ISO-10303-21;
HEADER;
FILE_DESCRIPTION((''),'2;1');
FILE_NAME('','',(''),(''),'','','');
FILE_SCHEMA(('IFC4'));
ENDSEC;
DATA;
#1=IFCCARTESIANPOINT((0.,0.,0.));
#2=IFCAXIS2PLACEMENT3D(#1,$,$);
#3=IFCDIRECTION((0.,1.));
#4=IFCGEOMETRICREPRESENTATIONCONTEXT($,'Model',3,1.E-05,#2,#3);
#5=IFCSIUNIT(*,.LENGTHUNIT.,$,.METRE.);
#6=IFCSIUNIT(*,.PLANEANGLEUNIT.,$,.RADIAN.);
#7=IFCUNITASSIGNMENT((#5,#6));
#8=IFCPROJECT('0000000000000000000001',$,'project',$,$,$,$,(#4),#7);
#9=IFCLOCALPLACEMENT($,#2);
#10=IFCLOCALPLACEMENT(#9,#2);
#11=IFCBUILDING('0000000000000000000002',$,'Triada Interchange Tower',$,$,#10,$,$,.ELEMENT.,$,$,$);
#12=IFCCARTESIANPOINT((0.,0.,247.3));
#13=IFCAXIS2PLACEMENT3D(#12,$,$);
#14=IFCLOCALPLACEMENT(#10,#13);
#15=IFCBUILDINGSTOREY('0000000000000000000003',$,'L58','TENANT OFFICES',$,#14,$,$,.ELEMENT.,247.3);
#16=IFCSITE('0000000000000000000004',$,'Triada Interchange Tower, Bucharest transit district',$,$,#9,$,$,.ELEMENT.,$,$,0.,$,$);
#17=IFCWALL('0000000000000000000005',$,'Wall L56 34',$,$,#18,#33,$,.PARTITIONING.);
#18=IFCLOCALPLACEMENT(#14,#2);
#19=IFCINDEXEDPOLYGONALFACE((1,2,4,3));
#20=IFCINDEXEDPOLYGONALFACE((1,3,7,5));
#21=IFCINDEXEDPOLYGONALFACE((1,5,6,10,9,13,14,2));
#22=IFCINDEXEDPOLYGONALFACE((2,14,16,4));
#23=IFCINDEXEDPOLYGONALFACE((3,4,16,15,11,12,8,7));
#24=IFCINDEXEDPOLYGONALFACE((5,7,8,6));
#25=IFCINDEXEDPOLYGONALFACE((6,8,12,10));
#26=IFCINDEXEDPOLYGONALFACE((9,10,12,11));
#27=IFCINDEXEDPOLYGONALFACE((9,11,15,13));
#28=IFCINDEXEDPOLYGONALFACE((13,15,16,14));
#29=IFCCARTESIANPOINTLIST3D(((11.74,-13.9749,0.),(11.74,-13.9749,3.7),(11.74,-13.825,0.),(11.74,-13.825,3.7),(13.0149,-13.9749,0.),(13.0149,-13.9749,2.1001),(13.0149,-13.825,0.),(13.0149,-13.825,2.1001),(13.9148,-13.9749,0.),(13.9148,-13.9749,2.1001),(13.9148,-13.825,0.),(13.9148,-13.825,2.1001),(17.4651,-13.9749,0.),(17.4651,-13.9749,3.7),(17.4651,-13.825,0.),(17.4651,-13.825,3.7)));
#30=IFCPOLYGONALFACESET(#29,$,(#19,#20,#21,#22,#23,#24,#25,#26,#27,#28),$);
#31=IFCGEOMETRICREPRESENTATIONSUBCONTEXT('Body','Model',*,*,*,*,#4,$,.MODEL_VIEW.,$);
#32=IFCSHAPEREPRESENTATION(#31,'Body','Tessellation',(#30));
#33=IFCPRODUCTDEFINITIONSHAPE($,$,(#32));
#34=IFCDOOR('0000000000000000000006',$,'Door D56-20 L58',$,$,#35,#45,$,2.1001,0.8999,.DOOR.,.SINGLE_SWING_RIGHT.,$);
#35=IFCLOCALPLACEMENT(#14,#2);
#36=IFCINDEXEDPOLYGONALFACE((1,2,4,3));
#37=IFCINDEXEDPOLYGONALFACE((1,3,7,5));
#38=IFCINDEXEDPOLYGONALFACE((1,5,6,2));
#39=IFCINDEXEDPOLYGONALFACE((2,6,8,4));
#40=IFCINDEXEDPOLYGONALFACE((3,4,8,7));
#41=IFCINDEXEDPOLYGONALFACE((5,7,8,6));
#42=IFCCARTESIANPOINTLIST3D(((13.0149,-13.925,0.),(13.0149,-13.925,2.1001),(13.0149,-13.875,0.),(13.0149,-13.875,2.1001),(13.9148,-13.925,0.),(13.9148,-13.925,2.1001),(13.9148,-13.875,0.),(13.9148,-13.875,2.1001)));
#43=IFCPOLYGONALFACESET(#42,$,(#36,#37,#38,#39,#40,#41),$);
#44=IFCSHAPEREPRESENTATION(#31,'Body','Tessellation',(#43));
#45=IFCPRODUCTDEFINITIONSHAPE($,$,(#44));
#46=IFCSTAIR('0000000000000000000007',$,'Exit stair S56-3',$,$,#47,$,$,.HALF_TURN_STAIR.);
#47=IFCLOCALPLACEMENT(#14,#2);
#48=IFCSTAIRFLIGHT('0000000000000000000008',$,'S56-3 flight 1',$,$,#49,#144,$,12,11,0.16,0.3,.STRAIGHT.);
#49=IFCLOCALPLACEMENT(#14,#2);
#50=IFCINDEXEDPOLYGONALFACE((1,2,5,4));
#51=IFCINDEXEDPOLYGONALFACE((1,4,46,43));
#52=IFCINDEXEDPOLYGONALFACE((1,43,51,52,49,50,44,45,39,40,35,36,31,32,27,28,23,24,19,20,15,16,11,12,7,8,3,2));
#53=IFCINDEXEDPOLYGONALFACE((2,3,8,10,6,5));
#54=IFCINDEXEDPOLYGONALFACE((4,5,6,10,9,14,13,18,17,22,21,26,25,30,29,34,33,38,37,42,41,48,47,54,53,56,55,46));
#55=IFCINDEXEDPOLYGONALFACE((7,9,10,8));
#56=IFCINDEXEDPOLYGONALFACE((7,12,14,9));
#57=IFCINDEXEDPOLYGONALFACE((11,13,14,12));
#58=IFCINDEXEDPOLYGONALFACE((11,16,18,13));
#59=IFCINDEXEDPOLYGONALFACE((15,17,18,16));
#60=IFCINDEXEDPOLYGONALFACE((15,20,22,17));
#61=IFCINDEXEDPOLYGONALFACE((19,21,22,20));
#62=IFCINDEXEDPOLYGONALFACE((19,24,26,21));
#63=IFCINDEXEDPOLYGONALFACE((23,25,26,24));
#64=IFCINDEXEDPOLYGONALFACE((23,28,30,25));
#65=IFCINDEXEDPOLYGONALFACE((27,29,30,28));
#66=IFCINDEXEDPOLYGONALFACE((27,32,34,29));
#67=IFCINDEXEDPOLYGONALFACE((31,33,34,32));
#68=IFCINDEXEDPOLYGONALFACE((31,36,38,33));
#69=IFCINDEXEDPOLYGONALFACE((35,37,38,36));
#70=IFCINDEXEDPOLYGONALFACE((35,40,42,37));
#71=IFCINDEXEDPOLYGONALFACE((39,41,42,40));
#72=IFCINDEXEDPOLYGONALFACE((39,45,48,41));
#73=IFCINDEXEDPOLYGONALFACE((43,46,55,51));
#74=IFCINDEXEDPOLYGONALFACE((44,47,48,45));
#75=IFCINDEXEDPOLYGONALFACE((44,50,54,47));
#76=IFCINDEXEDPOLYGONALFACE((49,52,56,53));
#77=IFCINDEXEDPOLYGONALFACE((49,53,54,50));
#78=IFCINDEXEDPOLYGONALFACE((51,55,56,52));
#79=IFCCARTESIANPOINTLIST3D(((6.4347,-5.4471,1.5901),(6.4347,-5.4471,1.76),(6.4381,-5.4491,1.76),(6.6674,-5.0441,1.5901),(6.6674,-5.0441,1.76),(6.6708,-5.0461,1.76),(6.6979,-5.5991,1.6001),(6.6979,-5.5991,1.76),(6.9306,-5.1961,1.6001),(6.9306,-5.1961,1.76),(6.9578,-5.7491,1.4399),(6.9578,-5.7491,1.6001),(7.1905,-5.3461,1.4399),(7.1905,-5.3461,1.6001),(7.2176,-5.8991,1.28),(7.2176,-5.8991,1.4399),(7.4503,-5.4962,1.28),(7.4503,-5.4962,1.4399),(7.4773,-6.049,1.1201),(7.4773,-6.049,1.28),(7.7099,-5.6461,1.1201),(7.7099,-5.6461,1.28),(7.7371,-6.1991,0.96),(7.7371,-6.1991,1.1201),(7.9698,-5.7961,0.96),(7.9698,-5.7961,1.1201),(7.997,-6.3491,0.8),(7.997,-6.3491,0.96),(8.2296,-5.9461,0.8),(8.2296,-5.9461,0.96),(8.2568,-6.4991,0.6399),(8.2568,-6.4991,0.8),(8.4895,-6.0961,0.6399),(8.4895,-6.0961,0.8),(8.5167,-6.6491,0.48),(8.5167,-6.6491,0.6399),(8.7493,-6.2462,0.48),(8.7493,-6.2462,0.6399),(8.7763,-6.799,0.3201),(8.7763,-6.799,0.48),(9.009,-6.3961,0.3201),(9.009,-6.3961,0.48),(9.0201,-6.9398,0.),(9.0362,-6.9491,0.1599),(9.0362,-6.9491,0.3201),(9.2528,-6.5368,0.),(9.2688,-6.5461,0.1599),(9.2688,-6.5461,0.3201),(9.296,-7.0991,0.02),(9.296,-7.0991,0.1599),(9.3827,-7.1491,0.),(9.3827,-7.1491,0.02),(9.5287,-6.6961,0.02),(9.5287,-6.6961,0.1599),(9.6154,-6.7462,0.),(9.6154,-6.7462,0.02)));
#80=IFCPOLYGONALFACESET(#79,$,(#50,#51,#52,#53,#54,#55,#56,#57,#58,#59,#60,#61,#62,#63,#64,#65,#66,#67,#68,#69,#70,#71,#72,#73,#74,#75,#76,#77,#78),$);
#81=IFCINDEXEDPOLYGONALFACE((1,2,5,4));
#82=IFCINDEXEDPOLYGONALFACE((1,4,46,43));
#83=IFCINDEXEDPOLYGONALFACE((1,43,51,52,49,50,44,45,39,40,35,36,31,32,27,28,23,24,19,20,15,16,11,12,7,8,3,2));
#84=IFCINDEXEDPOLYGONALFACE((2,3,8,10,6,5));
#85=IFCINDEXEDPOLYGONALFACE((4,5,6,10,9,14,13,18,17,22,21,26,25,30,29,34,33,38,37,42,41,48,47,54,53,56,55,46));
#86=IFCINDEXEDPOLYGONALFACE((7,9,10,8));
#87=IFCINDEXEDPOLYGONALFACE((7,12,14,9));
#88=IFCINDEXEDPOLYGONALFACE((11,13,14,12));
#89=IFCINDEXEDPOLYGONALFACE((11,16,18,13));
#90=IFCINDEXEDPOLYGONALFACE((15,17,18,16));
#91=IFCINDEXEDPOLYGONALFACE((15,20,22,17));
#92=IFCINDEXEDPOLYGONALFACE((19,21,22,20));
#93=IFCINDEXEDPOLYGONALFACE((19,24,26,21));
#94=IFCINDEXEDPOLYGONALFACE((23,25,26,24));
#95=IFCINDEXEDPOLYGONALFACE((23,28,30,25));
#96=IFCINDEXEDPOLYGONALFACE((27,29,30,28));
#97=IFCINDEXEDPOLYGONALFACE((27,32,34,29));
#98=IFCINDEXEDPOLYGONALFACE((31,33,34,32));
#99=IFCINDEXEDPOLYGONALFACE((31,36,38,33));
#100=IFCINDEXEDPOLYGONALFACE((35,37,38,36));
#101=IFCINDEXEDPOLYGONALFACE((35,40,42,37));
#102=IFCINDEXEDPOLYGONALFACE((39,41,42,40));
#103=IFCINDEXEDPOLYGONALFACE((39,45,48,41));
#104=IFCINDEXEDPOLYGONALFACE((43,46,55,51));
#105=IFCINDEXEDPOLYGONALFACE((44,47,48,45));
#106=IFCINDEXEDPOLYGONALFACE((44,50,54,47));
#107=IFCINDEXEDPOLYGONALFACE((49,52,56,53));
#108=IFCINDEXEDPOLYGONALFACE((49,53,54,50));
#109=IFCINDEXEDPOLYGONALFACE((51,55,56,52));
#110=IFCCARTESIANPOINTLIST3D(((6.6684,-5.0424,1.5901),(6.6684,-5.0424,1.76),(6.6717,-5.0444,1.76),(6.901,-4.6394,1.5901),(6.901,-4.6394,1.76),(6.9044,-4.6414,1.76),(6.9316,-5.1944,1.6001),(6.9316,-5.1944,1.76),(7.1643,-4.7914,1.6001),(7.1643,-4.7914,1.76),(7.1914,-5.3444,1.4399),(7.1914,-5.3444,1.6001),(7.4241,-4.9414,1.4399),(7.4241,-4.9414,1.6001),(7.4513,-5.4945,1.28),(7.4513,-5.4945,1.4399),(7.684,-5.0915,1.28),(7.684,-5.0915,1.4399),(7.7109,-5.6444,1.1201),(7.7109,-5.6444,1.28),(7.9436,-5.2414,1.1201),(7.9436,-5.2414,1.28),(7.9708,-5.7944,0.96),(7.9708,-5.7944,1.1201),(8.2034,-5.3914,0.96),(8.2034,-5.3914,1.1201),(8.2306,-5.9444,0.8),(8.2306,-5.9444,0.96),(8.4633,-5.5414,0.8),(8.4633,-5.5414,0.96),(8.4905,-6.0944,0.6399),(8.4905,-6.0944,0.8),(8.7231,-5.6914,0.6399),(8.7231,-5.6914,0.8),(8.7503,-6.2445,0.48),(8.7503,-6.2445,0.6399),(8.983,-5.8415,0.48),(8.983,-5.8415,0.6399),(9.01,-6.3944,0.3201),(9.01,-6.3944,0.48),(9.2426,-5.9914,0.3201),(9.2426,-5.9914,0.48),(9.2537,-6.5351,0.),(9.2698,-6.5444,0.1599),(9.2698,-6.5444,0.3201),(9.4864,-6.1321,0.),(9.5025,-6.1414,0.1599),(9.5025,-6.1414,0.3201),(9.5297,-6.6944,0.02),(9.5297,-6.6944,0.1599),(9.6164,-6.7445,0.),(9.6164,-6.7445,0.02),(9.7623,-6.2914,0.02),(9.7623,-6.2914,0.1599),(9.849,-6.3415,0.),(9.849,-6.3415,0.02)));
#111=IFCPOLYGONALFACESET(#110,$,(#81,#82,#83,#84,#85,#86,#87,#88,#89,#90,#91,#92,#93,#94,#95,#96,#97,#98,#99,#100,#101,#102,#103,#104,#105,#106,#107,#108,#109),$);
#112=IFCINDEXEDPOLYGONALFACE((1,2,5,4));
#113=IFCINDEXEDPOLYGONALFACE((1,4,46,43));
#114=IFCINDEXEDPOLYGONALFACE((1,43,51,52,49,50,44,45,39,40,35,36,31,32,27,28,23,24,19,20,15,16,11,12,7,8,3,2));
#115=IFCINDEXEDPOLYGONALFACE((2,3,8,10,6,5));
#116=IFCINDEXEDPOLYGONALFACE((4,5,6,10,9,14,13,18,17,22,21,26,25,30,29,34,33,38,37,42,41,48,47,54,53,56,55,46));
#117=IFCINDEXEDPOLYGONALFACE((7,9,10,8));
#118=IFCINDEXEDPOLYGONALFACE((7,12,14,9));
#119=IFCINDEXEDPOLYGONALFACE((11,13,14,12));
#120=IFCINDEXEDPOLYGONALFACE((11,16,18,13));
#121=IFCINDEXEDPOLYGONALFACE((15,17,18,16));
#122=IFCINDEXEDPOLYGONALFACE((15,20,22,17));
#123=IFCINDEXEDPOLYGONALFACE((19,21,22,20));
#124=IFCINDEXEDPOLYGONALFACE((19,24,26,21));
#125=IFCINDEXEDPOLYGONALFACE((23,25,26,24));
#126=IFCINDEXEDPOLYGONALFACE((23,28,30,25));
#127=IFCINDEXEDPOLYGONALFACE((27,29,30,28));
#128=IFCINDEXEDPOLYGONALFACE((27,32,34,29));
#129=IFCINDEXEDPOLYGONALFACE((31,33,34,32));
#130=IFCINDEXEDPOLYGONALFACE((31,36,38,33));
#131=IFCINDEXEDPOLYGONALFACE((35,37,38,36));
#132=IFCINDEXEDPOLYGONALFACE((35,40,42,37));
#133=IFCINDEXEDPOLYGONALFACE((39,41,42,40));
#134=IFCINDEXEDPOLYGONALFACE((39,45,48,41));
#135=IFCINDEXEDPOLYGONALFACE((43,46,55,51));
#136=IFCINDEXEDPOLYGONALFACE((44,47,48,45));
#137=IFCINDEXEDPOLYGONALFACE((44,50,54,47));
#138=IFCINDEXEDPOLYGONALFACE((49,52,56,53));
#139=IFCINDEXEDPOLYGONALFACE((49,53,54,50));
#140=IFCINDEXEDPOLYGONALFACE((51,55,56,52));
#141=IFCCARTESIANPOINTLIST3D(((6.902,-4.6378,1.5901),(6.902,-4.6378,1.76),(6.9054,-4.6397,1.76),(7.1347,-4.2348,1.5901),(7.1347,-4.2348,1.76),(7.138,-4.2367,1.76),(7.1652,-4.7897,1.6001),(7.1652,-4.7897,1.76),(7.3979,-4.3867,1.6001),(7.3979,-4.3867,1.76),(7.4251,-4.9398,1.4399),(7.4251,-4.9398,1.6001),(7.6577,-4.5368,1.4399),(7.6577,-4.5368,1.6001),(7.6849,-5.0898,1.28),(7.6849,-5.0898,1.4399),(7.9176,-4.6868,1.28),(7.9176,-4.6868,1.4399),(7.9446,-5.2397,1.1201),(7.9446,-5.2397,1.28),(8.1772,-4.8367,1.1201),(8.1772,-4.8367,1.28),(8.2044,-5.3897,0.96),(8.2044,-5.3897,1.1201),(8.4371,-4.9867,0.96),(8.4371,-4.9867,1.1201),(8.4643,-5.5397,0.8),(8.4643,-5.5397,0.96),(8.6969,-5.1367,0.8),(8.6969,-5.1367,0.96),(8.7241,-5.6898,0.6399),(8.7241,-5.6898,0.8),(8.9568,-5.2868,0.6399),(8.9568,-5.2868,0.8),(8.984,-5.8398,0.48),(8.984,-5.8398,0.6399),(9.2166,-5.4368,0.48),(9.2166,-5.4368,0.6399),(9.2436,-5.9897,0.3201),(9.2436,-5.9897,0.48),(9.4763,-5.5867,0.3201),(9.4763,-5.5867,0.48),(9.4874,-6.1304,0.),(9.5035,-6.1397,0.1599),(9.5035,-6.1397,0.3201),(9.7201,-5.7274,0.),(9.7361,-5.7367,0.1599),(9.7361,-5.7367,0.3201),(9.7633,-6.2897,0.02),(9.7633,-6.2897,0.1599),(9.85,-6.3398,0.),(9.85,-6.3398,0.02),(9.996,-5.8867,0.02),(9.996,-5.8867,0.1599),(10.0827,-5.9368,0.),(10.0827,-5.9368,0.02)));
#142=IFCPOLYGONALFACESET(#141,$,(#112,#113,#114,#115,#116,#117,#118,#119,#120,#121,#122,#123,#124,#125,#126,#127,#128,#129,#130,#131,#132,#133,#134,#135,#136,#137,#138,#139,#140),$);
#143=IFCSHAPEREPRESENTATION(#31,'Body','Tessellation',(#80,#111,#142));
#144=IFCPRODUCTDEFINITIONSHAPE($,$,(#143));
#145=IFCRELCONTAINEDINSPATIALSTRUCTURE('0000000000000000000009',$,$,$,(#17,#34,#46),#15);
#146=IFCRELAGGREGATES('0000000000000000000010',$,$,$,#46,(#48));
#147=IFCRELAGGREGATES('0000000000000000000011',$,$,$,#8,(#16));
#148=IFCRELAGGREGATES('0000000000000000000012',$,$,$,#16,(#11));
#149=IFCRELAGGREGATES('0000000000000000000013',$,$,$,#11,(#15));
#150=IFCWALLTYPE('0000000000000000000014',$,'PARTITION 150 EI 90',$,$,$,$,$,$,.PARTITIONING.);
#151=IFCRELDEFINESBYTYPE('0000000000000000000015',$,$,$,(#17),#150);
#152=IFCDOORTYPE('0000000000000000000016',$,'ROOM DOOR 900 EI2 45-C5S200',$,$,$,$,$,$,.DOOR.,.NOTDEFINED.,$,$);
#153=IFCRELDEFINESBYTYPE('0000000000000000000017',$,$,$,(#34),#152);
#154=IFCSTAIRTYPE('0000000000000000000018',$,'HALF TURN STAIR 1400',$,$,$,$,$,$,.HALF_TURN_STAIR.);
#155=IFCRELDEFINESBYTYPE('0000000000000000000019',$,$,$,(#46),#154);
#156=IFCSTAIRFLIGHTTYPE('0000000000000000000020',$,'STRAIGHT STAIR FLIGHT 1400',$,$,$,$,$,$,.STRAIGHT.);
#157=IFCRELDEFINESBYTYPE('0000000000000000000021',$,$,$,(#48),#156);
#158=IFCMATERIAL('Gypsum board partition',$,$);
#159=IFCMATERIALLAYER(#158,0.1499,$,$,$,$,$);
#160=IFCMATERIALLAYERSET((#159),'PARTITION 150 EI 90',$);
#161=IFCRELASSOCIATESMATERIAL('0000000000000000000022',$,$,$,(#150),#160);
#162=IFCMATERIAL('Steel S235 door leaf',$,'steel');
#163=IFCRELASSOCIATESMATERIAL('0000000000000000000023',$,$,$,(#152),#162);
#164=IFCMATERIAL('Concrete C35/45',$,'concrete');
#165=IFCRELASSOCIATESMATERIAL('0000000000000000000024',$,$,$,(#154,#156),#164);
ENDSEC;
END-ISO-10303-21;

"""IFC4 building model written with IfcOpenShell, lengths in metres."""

from ifc_helpers import new_model, si_unit, direction, frame, frame_2d, origin, place, context, subcontext, project, spatial, polyline, rectangle, outline, extrude, material, layer, layer_set, type_object, element, fill, aggregate, save


model = new_model("IFC4")

# Units and contexts
model_context = context("Model", 3, precision=1e-05, world=origin(), true_north=direction((0.0, 1.0)))
body_context = subcontext(model_context, "Body", "Model", "MODEL_VIEW")
ifc_project = project(units=[si_unit("LENGTHUNIT", "METRE"), si_unit("PLANEANGLEUNIT", "RADIAN")], contexts=[model_context])

# Site, building, storey
site_placement = place(None, origin())
site = spatial("IfcSite", under=ifc_project, at=site_placement, Name="Triada Interchange Tower, Bucharest transit district", CompositionType="ELEMENT", RefElevation=0.0)
building_placement = place(site_placement, origin())
building = spatial("IfcBuilding", under=site, at=building_placement, Name="Triada Interchange Tower", CompositionType="ELEMENT")
storey_placement = place(building_placement, frame((0.0, 0.0, 247.3)))
storey = spatial("IfcBuildingStorey", under=building, at=storey_placement, Name="L58", Description="TENANT OFFICES", CompositionType="ELEMENT", Elevation=247.3)

# Shared definitions
ifc_material_1 = material(Name="Steel S235 door leaf", Category="steel")

# Shared definitions
ifc_material_2 = material(Name="Gypsum board partition")

# Wall, opening, door
ifc_layer_1 = layer(ifc_material_2, 0.1499)
ifc_layer_set_1 = layer_set([ifc_layer_1], Name="PARTITION 150 EI 90")
wall_type_1 = type_object("IfcWallType", Name="PARTITION 150 EI 90", PredefinedType="PARTITIONING", material=ifc_layer_set_1)
wall_1_placement = place(storey_placement, frame((11.74, -13.8999, 0.0), z_axis=(0.0, 0.0, 1.0), x_axis=(1.0, 0.0, 0.0)))
wall_1 = element("IfcWall", 1, at=wall_1_placement, inside=storey, type_object=wall_type_1, Name="Wall L56 34", PredefinedType="PARTITIONING", context=body_context, shape_type="SweptSolid", body=[
    extrude(rectangle(XDim=5.7251, YDim=0.1499, at=frame_2d((2.8625, 0.0))), origin(), (0.0, 0.0, 1.0), 3.7),
])
opening_1_placement = place(wall_1_placement, frame((1.2749, 0.0, 0.0)))
opening_1 = element("IfcOpeningElement", 2, at=opening_1_placement, cuts=wall_1, PredefinedType="OPENING", context=body_context, shape_type="SweptSolid", body=[
    extrude(rectangle(XDim=0.8999, YDim=2.1001, at=frame_2d((0.45, 1.05))), frame((0.0, 0.085, 0.0), z_axis=(0.0, -1.0, 0.0), x_axis=(1.0, 0.0, 0.0)), (0.0, 0.0, 1.0), 0.1699),
])
door_type_1 = type_object("IfcDoorType", Name="ROOM DOOR 900 EI2 45-C5S200", OperationType="NOTDEFINED", PredefinedType="DOOR", material=ifc_material_1)
door_1_placement = place(opening_1_placement, origin())
door_1 = element("IfcDoor", 3, at=door_1_placement, inside=storey, type_object=door_type_1, Name="Door D56-20 L58", OperationType="SINGLE_SWING_RIGHT", OverallHeight=2.1001, OverallWidth=0.8999, PredefinedType="DOOR", context=body_context, shape_type="SweptSolid", body=[
    extrude(rectangle(XDim=0.8999, YDim=2.1001, at=frame_2d((0.45, 1.05))), frame((0.0, 0.0249, 0.0), z_axis=(0.0, -1.0, 0.0), x_axis=(1.0, 0.0, 0.0)), (0.0, 0.0, 1.0), 0.05),
])
fill(opening_1, door_1)

# Stair, stair flight
ifc_material_3 = material(Name="Concrete C35/45", Category="concrete")
stair_type = type_object("IfcStairType", Name="HALF TURN STAIR 1400", PredefinedType="HALF_TURN_STAIR", material=ifc_material_3)
stair_placement = place(storey_placement, origin())
stair = element("IfcStair", 4, at=stair_placement, inside=storey, type_object=stair_type, Name="Exit stair S56-3", PredefinedType="HALF_TURN_STAIR")
stair_flight_type = type_object("IfcStairFlightType", Name="STRAIGHT STAIR FLIGHT 1400", PredefinedType="STRAIGHT", material=ifc_material_3)
stair_flight_1_placement = place(storey_placement, frame((9.646, -6.4929, 0.0), z_axis=(0.0, 0.0, 1.0), x_axis=(-0.866025, 0.5, 0.0)))
stair_flight_1 = element("IfcStairFlight", 5, at=stair_flight_1_placement, type_object=stair_flight_type, Name="S56-3 flight 1", NumberOfRisers=12, NumberOfTreads=11, PredefinedType="STRAIGHT", RiserHeight=0.16, TreadLength=0.3, context=body_context, shape_type="SweptSolid", body=[
    extrude(outline(polyline([(-0.1001, 0.0), (-0.1001, 0.02), (0.0, 0.02), (0.0, 0.1599), (0.3, 0.1599), (0.3, 0.3201), (0.6001, 0.3201), (0.6001, 0.48), (0.8999, 0.48), (0.8999, 0.6399), (1.2, 0.6399), (1.2, 0.8), (1.5, 0.8), (1.5, 0.96), (1.8, 0.96), (1.8, 1.1201), (2.1001, 1.1201), (2.1001, 1.28), (2.3999, 1.28), (2.3999, 1.4399), (2.7, 1.4399), (2.7, 1.6001), (3.0, 1.6001), (3.0, 1.76), (3.3, 1.76), (3.304, 1.76), (3.304, 1.9199), (3.304, 1.5901), (0.3186, 0.0), (-0.1001, 0.0)])), frame((0.0, 0.7, 0.0), z_axis=(0.0, -1.0, 0.0), x_axis=(1.0, 0.0, 0.0)), (0.0, 0.0, 1.0), 0.4653),
    extrude(outline(polyline([(-0.1001, 0.0), (-0.1001, 0.02), (0.0, 0.02), (0.0, 0.1599), (0.3, 0.1599), (0.3, 0.3201), (0.6001, 0.3201), (0.6001, 0.48), (0.8999, 0.48), (0.8999, 0.6399), (1.2, 0.6399), (1.2, 0.8), (1.5, 0.8), (1.5, 0.96), (1.8, 0.96), (1.8, 1.1201), (2.1001, 1.1201), (2.1001, 1.28), (2.3999, 1.28), (2.3999, 1.4399), (2.7, 1.4399), (2.7, 1.6001), (3.0, 1.6001), (3.0, 1.76), (3.3, 1.76), (3.304, 1.76), (3.304, 1.9199), (3.304, 1.5901), (0.3186, 0.0), (-0.1001, 0.0)])), frame((0.0, 0.2327, 0.0), z_axis=(0.0, -1.0, 0.0), x_axis=(1.0, 0.0, 0.0)), (0.0, 0.0, 1.0), 0.4653),
    extrude(outline(polyline([(-0.1001, 0.0), (-0.1001, 0.02), (0.0, 0.02), (0.0, 0.1599), (0.3, 0.1599), (0.3, 0.3201), (0.6001, 0.3201), (0.6001, 0.48), (0.8999, 0.48), (0.8999, 0.6399), (1.2, 0.6399), (1.2, 0.8), (1.5, 0.8), (1.5, 0.96), (1.8, 0.96), (1.8, 1.1201), (2.1001, 1.1201), (2.1001, 1.28), (2.3999, 1.28), (2.3999, 1.4399), (2.7, 1.4399), (2.7, 1.6001), (3.0, 1.6001), (3.0, 1.76), (3.3, 1.76), (3.304, 1.76), (3.304, 1.9199), (3.304, 1.5901), (0.3186, 0.0), (-0.1001, 0.0)])), frame((0.0, -0.2346, 0.0), z_axis=(0.0, -1.0, 0.0), x_axis=(1.0, 0.0, 0.0)), (0.0, 0.0, 1.0), 0.4653),
])
aggregate(stair, [stair_flight_1])

save(model, "model.ifc")
